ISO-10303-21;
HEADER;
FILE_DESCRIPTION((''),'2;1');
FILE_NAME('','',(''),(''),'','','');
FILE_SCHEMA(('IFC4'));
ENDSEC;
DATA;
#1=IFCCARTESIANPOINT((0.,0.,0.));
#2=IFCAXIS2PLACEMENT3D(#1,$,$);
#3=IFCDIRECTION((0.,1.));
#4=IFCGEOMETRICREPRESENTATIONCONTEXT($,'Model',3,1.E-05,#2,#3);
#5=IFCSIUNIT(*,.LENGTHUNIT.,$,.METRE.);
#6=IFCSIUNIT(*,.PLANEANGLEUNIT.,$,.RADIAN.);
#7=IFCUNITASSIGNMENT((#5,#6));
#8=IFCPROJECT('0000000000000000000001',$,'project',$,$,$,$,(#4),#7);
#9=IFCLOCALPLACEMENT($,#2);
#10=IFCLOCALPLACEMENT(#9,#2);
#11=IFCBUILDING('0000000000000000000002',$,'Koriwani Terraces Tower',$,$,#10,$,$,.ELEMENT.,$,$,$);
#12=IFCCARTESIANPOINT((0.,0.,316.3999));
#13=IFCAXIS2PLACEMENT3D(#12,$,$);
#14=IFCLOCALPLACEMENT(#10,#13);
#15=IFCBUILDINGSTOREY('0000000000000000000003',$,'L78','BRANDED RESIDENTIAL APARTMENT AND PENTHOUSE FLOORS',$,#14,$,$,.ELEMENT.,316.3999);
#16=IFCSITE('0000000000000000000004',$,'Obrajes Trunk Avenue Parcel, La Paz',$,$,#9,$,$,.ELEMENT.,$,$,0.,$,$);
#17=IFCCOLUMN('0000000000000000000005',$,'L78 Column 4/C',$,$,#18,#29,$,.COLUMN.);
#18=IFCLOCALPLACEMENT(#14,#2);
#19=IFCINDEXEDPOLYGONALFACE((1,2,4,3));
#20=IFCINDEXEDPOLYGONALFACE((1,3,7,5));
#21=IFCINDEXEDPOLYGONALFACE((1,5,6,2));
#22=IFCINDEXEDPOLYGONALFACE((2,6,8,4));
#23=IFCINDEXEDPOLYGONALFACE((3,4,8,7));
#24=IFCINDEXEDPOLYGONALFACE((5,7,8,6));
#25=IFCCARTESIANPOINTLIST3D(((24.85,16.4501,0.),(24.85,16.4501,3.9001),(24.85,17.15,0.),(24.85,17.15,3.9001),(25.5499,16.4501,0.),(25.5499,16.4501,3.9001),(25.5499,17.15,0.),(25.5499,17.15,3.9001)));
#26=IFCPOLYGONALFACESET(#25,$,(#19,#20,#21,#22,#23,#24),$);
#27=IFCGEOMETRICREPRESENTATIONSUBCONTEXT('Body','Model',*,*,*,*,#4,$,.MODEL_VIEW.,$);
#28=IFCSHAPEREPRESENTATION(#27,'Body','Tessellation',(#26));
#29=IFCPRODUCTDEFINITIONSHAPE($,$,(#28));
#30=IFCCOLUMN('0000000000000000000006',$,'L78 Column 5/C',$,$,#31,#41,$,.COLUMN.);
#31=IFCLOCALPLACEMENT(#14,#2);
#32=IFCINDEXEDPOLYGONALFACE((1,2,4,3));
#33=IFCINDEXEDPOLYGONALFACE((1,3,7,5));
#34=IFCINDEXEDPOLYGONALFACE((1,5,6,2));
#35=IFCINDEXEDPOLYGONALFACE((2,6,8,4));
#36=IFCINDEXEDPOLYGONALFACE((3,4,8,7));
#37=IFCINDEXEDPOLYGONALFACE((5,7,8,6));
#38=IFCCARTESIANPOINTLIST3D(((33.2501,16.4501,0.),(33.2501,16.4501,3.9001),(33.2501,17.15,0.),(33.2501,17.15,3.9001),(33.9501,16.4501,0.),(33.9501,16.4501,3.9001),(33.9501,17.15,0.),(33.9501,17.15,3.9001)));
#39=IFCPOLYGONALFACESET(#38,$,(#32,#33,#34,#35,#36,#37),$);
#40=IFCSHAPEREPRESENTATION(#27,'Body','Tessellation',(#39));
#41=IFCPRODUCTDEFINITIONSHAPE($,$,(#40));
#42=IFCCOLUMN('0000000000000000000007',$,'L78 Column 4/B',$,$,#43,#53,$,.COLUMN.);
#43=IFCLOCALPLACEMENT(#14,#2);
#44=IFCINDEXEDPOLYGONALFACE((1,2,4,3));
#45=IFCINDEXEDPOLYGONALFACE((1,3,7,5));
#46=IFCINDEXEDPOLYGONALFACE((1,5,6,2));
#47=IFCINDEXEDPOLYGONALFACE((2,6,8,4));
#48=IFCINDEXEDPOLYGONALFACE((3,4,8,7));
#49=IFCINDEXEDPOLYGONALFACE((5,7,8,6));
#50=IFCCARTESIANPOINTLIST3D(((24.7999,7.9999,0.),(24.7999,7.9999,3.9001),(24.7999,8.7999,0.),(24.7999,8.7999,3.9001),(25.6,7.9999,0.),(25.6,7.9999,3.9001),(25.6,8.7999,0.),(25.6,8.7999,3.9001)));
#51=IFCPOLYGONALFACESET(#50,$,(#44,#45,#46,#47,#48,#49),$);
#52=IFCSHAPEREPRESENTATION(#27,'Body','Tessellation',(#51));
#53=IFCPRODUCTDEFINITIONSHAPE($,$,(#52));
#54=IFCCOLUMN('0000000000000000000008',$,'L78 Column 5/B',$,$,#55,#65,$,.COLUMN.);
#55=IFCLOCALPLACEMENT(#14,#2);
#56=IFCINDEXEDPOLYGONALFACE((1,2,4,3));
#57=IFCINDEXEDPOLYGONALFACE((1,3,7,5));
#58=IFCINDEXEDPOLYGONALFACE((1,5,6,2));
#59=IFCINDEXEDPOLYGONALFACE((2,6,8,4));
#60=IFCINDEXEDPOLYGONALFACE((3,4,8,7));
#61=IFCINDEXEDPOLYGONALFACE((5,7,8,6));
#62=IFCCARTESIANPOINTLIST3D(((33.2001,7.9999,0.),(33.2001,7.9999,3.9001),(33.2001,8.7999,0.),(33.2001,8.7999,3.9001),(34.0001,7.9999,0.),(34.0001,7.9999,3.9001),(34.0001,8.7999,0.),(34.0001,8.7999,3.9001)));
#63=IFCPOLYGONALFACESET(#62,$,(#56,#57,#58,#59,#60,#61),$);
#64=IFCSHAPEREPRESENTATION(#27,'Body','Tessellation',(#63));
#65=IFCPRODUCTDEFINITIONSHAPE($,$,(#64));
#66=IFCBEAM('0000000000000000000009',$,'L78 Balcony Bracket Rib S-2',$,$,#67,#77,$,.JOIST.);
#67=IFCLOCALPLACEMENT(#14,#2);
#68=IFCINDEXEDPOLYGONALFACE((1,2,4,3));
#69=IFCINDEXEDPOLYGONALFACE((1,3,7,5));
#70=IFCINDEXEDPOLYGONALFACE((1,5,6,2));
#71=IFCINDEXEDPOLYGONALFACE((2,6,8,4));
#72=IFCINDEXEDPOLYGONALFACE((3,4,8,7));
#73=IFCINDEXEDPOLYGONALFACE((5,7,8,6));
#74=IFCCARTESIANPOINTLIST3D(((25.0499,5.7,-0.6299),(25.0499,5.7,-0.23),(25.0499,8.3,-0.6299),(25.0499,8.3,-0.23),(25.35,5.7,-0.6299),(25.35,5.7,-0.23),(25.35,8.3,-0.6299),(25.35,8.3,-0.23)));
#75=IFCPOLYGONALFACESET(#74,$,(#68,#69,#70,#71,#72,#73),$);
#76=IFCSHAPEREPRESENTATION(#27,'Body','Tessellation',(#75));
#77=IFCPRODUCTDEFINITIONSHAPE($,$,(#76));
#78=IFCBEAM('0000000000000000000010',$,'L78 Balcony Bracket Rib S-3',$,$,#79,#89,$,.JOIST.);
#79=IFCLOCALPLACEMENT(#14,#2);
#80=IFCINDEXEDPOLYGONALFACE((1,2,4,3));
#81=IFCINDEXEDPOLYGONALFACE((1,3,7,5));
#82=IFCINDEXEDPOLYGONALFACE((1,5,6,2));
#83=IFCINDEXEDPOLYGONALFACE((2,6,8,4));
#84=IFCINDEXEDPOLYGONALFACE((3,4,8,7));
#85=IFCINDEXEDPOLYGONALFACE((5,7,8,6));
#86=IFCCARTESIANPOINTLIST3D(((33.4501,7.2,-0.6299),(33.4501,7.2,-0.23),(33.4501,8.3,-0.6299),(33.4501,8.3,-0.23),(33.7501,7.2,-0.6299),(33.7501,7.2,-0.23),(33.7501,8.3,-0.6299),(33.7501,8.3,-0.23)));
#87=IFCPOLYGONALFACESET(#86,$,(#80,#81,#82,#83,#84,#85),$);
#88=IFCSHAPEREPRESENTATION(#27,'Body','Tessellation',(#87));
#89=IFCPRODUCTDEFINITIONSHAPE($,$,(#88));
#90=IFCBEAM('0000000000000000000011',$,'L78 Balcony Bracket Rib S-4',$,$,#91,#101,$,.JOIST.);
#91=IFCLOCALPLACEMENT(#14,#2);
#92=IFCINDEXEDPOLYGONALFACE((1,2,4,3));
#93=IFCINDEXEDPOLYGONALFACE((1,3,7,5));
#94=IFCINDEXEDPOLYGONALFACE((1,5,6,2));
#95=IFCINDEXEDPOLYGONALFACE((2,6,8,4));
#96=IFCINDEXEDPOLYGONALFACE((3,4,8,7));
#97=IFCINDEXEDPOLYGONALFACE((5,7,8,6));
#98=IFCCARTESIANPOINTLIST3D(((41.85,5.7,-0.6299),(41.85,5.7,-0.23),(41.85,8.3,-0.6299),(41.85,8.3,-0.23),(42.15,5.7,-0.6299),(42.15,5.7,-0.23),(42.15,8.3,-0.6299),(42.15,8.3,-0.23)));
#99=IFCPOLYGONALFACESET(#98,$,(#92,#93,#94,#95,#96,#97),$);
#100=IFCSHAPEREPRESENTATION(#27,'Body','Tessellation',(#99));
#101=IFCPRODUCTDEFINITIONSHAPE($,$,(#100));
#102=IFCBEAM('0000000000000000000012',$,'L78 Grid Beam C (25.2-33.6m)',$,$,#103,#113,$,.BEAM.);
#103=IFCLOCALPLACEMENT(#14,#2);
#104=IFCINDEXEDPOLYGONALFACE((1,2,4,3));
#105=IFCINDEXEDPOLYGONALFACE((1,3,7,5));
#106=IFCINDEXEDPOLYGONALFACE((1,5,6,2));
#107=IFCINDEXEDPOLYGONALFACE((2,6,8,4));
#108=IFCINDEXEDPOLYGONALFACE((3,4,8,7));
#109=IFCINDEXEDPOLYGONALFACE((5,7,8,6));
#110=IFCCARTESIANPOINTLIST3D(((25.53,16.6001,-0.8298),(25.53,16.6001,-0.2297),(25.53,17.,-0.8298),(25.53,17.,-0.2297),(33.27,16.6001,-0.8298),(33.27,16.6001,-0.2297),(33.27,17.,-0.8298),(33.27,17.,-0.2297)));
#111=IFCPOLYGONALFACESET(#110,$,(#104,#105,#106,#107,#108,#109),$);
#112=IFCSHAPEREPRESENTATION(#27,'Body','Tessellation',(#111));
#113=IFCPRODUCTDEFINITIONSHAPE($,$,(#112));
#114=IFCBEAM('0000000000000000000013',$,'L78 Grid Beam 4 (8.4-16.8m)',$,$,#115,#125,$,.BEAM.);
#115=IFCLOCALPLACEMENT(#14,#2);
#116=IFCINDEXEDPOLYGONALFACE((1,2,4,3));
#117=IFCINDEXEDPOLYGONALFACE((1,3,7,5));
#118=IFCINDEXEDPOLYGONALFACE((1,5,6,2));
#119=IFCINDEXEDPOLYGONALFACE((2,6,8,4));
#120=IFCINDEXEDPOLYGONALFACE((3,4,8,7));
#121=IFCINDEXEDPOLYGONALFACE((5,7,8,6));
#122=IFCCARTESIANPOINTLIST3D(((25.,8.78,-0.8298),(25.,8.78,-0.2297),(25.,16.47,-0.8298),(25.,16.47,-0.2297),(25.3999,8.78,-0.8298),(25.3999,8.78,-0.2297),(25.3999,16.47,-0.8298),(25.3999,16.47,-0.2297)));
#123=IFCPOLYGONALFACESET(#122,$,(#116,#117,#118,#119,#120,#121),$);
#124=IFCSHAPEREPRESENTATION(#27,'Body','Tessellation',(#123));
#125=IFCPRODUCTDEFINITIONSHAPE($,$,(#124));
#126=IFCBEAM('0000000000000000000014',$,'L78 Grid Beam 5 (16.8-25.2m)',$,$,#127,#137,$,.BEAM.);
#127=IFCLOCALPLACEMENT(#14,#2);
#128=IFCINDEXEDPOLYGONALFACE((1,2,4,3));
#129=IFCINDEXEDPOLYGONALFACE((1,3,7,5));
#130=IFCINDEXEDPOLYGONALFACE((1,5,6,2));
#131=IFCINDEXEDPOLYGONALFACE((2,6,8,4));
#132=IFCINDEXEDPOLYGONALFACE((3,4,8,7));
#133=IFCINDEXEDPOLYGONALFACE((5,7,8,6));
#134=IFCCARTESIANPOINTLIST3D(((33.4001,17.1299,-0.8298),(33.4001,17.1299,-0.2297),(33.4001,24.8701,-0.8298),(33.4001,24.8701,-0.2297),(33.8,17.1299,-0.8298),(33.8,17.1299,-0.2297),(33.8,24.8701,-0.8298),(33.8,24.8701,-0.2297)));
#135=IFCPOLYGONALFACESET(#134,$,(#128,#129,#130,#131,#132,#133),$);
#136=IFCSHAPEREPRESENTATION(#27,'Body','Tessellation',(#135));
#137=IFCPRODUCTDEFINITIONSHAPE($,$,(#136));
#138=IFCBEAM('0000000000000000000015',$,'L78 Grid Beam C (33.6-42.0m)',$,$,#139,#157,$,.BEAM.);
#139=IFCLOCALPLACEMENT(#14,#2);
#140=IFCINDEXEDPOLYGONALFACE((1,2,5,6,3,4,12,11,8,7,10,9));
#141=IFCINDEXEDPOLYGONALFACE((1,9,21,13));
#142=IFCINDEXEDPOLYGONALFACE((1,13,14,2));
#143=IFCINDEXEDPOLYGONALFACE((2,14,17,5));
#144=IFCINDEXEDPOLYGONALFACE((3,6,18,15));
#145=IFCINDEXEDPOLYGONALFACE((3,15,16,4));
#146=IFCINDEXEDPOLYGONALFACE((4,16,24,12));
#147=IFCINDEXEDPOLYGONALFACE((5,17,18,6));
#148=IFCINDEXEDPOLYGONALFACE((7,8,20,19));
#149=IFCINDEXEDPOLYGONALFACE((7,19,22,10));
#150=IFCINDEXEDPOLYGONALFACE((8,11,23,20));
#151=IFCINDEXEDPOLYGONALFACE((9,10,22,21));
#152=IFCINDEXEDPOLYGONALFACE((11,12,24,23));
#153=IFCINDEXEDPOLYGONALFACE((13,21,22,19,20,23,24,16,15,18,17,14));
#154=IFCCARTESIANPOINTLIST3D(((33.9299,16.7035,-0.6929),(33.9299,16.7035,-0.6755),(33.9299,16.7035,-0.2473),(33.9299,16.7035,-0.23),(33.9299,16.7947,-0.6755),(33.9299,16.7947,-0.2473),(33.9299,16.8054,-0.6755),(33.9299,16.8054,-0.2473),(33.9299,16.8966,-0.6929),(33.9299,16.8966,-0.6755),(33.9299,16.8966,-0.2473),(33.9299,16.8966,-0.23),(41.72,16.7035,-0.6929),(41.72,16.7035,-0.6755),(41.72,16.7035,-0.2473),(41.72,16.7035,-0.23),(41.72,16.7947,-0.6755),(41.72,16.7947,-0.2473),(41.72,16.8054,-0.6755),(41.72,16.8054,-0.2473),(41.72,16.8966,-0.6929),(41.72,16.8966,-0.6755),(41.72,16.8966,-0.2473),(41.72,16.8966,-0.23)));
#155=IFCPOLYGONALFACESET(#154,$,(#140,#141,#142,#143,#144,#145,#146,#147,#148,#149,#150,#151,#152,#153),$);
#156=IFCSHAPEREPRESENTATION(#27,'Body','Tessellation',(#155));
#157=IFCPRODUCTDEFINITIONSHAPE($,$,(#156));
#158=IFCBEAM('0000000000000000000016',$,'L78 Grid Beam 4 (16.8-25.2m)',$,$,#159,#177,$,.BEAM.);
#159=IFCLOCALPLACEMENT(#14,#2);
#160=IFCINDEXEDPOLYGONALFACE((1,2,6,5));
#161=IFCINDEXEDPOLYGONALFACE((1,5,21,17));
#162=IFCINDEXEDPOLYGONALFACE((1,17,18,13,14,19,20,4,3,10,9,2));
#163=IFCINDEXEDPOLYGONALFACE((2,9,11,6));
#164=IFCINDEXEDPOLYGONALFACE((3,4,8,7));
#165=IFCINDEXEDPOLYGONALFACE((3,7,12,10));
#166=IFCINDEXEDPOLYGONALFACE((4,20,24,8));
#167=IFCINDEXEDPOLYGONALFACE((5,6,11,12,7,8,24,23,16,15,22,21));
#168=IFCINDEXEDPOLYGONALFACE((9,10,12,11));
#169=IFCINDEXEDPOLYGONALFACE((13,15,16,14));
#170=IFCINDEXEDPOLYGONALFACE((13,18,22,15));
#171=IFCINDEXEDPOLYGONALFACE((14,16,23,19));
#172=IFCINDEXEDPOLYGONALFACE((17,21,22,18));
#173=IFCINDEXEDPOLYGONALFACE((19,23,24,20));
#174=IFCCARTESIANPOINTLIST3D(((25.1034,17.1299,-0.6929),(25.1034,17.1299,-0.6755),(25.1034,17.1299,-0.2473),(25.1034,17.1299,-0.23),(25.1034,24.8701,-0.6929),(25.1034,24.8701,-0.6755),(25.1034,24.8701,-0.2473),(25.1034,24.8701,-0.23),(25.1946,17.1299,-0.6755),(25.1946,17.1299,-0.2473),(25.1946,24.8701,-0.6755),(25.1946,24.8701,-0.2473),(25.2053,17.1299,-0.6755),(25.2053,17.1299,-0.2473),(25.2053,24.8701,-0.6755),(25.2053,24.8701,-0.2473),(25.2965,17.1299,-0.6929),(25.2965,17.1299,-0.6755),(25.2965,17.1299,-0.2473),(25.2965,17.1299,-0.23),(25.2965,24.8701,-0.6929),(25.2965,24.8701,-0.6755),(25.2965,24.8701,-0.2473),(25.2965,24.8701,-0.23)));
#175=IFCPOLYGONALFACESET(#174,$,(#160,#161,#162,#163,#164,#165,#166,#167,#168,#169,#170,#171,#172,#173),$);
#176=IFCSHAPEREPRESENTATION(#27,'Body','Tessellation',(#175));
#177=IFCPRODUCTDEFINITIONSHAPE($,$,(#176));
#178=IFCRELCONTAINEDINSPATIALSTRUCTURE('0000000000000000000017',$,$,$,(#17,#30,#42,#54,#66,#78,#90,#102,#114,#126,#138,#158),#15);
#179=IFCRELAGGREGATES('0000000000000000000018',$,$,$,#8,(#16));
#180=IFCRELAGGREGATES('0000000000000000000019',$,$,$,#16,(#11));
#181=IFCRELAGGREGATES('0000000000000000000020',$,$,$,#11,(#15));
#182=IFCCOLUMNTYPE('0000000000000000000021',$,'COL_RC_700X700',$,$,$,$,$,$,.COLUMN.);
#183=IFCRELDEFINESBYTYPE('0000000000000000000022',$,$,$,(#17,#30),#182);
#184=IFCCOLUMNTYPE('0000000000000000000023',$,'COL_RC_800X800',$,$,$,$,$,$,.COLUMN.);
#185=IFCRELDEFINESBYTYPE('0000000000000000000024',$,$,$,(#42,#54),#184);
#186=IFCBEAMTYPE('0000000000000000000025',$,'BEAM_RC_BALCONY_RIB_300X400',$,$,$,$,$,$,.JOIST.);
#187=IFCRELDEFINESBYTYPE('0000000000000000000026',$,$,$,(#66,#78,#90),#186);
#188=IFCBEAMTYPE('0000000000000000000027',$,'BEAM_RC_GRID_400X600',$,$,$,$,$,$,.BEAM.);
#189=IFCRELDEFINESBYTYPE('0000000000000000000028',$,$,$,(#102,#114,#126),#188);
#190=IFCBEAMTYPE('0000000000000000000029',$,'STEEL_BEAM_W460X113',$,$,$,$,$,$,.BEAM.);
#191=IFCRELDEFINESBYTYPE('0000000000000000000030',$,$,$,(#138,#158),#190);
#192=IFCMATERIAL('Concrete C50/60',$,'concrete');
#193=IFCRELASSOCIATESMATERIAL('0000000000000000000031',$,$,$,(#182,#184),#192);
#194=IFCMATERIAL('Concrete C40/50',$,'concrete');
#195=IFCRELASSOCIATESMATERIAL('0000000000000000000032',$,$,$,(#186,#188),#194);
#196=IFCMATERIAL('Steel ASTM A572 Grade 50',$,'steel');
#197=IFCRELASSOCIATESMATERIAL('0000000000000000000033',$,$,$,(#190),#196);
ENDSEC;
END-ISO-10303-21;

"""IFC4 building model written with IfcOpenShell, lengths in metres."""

from ifc_helpers import new_model, si_unit, direction, frame, origin, origin_2d, place, context, subcontext, project, spatial, rectangle, i_section, extrude, material, material_profile, profile_set, type_object, element, save


model = new_model("IFC4")

# Units and contexts
model_context = context("Model", 3, precision=1e-05, world=origin(), true_north=direction((0.0, 1.0)))
body_context = subcontext(model_context, "Body", "Model", "MODEL_VIEW")
ifc_project = project(units=[si_unit("LENGTHUNIT", "METRE"), si_unit("PLANEANGLEUNIT", "RADIAN")], contexts=[model_context])

# Site, building, storey
site_placement = place(None, origin())
site = spatial("IfcSite", under=ifc_project, at=site_placement, Name="Obrajes Trunk Avenue Parcel, La Paz", CompositionType="ELEMENT", RefElevation=0.0)
building_placement = place(site_placement, origin())
building = spatial("IfcBuilding", under=site, at=building_placement, Name="Koriwani Terraces Tower", CompositionType="ELEMENT")
storey_placement = place(building_placement, frame((0.0, 0.0, 316.3999)))
storey = spatial("IfcBuildingStorey", under=building, at=storey_placement, Name="L78", Description="BRANDED RESIDENTIAL APARTMENT AND PENTHOUSE FLOORS", CompositionType="ELEMENT", Elevation=316.3999)

# Columns
ifc_material_1 = material(Name="Concrete C50/60", Category="concrete")
ifc_material_profile_1 = material_profile(ifc_material_1, rectangle(XDim=0.7, YDim=0.7, at=origin_2d()), Name="Concrete C50/60", Category="LoadBearing")
ifc_profile_set_1 = profile_set([ifc_material_profile_1], Name="Concrete C50/60")
column_type_1 = type_object("IfcColumnType", Name="COL_RC_700X700", PredefinedType="COLUMN", material=ifc_profile_set_1)
for number, where, z_axis, x_axis, name in (
    (1, (25.2, 16.8, 0.0), (0.0, 0.0, 1.0), (1.0, 0.0, 0.0), "L78 Column 4/C"),
    (2, (33.6001, 16.8, 0.0), (0.0, 0.0, 1.0), (1.0, 0.0, 0.0), "L78 Column 5/C"),
):
    element("IfcColumn", number, at=place(storey_placement, frame(where, z_axis=z_axis, x_axis=x_axis)), inside=storey, type_object=column_type_1, Name=name, PredefinedType="COLUMN", context=body_context, shape_type="SweptSolid", body=[
        extrude(rectangle(XDim=0.7, YDim=0.7, at=origin_2d()), origin(), (0.0, 0.0, 1.0), 3.9001),
    ])
ifc_material_profile_2 = material_profile(ifc_material_1, rectangle(XDim=0.8, YDim=0.8, at=origin_2d()), Name="Concrete C50/60", Category="LoadBearing")
ifc_profile_set_2 = profile_set([ifc_material_profile_2], Name="Concrete C50/60")
column_type_2 = type_object("IfcColumnType", Name="COL_RC_800X800", PredefinedType="COLUMN", material=ifc_profile_set_2)
for number, where, z_axis, x_axis, name in (
    (3, (25.2, 8.3999, 0.0), (0.0, 0.0, 1.0), (1.0, 0.0, 0.0), "L78 Column 4/B"),
    (4, (33.6001, 8.3999, 0.0), (0.0, 0.0, 1.0), (1.0, 0.0, 0.0), "L78 Column 5/B"),
):
    element("IfcColumn", number, at=place(storey_placement, frame(where, z_axis=z_axis, x_axis=x_axis)), inside=storey, type_object=column_type_2, Name=name, PredefinedType="COLUMN", context=body_context, shape_type="SweptSolid", body=[
        extrude(rectangle(XDim=0.8, YDim=0.8, at=origin_2d()), origin(), (0.0, 0.0, 1.0), 3.9001),
    ])

# Beams
ifc_material_2 = material(Name="Concrete C40/50", Category="concrete")
ifc_material_profile_3 = material_profile(ifc_material_2, rectangle(XDim=0.3, YDim=0.3999, at=origin_2d()), Name="Concrete C40/50", Category="LoadBearing")
ifc_profile_set_3 = profile_set([ifc_material_profile_3], Name="Concrete C40/50")
beam_type_1 = type_object("IfcBeamType", Name="BEAM_RC_BALCONY_RIB_300X400", PredefinedType="JOIST", material=ifc_profile_set_3)
beam_1_placement = place(storey_placement, frame((25.2, 5.7, -0.4299), z_axis=(0.0, 1.0, 0.0), x_axis=(-1.0, 0.0, 0.0)))
element("IfcBeam", 5, at=beam_1_placement, inside=storey, type_object=beam_type_1, Name="L78 Balcony Bracket Rib S-2", PredefinedType="JOIST", context=body_context, shape_type="SweptSolid", body=[
    extrude(rectangle(XDim=0.3, YDim=0.3999, at=origin_2d()), origin(), (0.0, 0.0, 1.0), 2.6001),
])
beam_2_placement = place(storey_placement, frame((33.6001, 7.2, -0.4299), z_axis=(0.0, 1.0, 0.0), x_axis=(-1.0, 0.0, 0.0)))
element("IfcBeam", 6, at=beam_2_placement, inside=storey, type_object=beam_type_1, Name="L78 Balcony Bracket Rib S-3", PredefinedType="JOIST", context=body_context, shape_type="SweptSolid", body=[
    extrude(rectangle(XDim=0.3, YDim=0.3999, at=origin_2d()), origin(), (0.0, 0.0, 1.0), 1.1001),
])
beam_3_placement = place(storey_placement, frame((42.0, 5.7, -0.4299), z_axis=(0.0, 1.0, 0.0), x_axis=(-1.0, 0.0, 0.0)))
element("IfcBeam", 7, at=beam_3_placement, inside=storey, type_object=beam_type_1, Name="L78 Balcony Bracket Rib S-4", PredefinedType="JOIST", context=body_context, shape_type="SweptSolid", body=[
    extrude(rectangle(XDim=0.3, YDim=0.3999, at=origin_2d()), origin(), (0.0, 0.0, 1.0), 2.6001),
])
ifc_material_profile_4 = material_profile(ifc_material_2, rectangle(XDim=0.3999, YDim=0.6001, at=origin_2d()), Name="Concrete C40/50", Category="LoadBearing")
ifc_profile_set_4 = profile_set([ifc_material_profile_4], Name="Concrete C40/50")
beam_type_2 = type_object("IfcBeamType", Name="BEAM_RC_GRID_400X600", PredefinedType="BEAM", material=ifc_profile_set_4)
beam_4_placement = place(storey_placement, frame((25.53, 16.8, -0.5298), z_axis=(1.0, 0.0, 0.0), x_axis=(0.0, 1.0, 0.0)))
element("IfcBeam", 8, at=beam_4_placement, inside=storey, type_object=beam_type_2, Name="L78 Grid Beam C (25.2-33.6m)", PredefinedType="BEAM", context=body_context, shape_type="SweptSolid", body=[
    extrude(rectangle(XDim=0.3999, YDim=0.6001, at=origin_2d()), origin(), (0.0, 0.0, 1.0), 7.74),
])
beam_5_placement = place(storey_placement, frame((25.2, 8.78, -0.5298), z_axis=(0.0, 1.0, 0.0), x_axis=(-1.0, 0.0, 0.0)))
element("IfcBeam", 9, at=beam_5_placement, inside=storey, type_object=beam_type_2, Name="L78 Grid Beam 4 (8.4-16.8m)", PredefinedType="BEAM", context=body_context, shape_type="SweptSolid", body=[
    extrude(rectangle(XDim=0.3999, YDim=0.6001, at=origin_2d()), origin(), (0.0, 0.0, 1.0), 7.6899),
])
beam_6_placement = place(storey_placement, frame((33.6001, 17.1299, -0.5298), z_axis=(0.0, 1.0, 0.0), x_axis=(-1.0, 0.0, 0.0)))
element("IfcBeam", 10, at=beam_6_placement, inside=storey, type_object=beam_type_2, Name="L78 Grid Beam 5 (16.8-25.2m)", PredefinedType="BEAM", context=body_context, shape_type="SweptSolid", body=[
    extrude(rectangle(XDim=0.3999, YDim=0.6001, at=origin_2d()), origin(), (0.0, 0.0, 1.0), 7.7402),
])
ifc_material_3 = material(Name="Steel ASTM A572 Grade 50", Category="steel")
ifc_material_profile_5 = material_profile(ifc_material_3, i_section(OverallWidth=0.1931, OverallDepth=0.4629, WebThickness=0.0107, FlangeThickness=0.0173, at=origin_2d()), Name="Steel ASTM A572 Grade 50", Category="LoadBearing")
ifc_profile_set_5 = profile_set([ifc_material_profile_5], Name="Steel ASTM A572 Grade 50")
beam_type_3 = type_object("IfcBeamType", Name="STEEL_BEAM_W460X113", PredefinedType="BEAM", material=ifc_profile_set_5)
beam_7_placement = place(storey_placement, frame((33.9299, 16.8, -0.4614), z_axis=(1.0, 0.0, 0.0), x_axis=(0.0, 1.0, 0.0)))
element("IfcBeam", 11, at=beam_7_placement, inside=storey, type_object=beam_type_3, Name="L78 Grid Beam C (33.6-42.0m)", PredefinedType="BEAM", context=body_context, shape_type="SweptSolid", body=[
    extrude(i_section(OverallWidth=0.1931, OverallDepth=0.4629, WebThickness=0.0107, FlangeThickness=0.0173, at=origin_2d()), origin(), (0.0, 0.0, 1.0), 7.79),
])
beam_8_placement = place(storey_placement, frame((25.2, 17.1299, -0.4614), z_axis=(0.0, 1.0, 0.0), x_axis=(-1.0, 0.0, 0.0)))
element("IfcBeam", 12, at=beam_8_placement, inside=storey, type_object=beam_type_3, Name="L78 Grid Beam 4 (16.8-25.2m)", PredefinedType="BEAM", context=body_context, shape_type="SweptSolid", body=[
    extrude(i_section(OverallWidth=0.1931, OverallDepth=0.4629, WebThickness=0.0107, FlangeThickness=0.0173, at=origin_2d()), origin(), (0.0, 0.0, 1.0), 7.7402),
])

save(model, "model.ifc")
